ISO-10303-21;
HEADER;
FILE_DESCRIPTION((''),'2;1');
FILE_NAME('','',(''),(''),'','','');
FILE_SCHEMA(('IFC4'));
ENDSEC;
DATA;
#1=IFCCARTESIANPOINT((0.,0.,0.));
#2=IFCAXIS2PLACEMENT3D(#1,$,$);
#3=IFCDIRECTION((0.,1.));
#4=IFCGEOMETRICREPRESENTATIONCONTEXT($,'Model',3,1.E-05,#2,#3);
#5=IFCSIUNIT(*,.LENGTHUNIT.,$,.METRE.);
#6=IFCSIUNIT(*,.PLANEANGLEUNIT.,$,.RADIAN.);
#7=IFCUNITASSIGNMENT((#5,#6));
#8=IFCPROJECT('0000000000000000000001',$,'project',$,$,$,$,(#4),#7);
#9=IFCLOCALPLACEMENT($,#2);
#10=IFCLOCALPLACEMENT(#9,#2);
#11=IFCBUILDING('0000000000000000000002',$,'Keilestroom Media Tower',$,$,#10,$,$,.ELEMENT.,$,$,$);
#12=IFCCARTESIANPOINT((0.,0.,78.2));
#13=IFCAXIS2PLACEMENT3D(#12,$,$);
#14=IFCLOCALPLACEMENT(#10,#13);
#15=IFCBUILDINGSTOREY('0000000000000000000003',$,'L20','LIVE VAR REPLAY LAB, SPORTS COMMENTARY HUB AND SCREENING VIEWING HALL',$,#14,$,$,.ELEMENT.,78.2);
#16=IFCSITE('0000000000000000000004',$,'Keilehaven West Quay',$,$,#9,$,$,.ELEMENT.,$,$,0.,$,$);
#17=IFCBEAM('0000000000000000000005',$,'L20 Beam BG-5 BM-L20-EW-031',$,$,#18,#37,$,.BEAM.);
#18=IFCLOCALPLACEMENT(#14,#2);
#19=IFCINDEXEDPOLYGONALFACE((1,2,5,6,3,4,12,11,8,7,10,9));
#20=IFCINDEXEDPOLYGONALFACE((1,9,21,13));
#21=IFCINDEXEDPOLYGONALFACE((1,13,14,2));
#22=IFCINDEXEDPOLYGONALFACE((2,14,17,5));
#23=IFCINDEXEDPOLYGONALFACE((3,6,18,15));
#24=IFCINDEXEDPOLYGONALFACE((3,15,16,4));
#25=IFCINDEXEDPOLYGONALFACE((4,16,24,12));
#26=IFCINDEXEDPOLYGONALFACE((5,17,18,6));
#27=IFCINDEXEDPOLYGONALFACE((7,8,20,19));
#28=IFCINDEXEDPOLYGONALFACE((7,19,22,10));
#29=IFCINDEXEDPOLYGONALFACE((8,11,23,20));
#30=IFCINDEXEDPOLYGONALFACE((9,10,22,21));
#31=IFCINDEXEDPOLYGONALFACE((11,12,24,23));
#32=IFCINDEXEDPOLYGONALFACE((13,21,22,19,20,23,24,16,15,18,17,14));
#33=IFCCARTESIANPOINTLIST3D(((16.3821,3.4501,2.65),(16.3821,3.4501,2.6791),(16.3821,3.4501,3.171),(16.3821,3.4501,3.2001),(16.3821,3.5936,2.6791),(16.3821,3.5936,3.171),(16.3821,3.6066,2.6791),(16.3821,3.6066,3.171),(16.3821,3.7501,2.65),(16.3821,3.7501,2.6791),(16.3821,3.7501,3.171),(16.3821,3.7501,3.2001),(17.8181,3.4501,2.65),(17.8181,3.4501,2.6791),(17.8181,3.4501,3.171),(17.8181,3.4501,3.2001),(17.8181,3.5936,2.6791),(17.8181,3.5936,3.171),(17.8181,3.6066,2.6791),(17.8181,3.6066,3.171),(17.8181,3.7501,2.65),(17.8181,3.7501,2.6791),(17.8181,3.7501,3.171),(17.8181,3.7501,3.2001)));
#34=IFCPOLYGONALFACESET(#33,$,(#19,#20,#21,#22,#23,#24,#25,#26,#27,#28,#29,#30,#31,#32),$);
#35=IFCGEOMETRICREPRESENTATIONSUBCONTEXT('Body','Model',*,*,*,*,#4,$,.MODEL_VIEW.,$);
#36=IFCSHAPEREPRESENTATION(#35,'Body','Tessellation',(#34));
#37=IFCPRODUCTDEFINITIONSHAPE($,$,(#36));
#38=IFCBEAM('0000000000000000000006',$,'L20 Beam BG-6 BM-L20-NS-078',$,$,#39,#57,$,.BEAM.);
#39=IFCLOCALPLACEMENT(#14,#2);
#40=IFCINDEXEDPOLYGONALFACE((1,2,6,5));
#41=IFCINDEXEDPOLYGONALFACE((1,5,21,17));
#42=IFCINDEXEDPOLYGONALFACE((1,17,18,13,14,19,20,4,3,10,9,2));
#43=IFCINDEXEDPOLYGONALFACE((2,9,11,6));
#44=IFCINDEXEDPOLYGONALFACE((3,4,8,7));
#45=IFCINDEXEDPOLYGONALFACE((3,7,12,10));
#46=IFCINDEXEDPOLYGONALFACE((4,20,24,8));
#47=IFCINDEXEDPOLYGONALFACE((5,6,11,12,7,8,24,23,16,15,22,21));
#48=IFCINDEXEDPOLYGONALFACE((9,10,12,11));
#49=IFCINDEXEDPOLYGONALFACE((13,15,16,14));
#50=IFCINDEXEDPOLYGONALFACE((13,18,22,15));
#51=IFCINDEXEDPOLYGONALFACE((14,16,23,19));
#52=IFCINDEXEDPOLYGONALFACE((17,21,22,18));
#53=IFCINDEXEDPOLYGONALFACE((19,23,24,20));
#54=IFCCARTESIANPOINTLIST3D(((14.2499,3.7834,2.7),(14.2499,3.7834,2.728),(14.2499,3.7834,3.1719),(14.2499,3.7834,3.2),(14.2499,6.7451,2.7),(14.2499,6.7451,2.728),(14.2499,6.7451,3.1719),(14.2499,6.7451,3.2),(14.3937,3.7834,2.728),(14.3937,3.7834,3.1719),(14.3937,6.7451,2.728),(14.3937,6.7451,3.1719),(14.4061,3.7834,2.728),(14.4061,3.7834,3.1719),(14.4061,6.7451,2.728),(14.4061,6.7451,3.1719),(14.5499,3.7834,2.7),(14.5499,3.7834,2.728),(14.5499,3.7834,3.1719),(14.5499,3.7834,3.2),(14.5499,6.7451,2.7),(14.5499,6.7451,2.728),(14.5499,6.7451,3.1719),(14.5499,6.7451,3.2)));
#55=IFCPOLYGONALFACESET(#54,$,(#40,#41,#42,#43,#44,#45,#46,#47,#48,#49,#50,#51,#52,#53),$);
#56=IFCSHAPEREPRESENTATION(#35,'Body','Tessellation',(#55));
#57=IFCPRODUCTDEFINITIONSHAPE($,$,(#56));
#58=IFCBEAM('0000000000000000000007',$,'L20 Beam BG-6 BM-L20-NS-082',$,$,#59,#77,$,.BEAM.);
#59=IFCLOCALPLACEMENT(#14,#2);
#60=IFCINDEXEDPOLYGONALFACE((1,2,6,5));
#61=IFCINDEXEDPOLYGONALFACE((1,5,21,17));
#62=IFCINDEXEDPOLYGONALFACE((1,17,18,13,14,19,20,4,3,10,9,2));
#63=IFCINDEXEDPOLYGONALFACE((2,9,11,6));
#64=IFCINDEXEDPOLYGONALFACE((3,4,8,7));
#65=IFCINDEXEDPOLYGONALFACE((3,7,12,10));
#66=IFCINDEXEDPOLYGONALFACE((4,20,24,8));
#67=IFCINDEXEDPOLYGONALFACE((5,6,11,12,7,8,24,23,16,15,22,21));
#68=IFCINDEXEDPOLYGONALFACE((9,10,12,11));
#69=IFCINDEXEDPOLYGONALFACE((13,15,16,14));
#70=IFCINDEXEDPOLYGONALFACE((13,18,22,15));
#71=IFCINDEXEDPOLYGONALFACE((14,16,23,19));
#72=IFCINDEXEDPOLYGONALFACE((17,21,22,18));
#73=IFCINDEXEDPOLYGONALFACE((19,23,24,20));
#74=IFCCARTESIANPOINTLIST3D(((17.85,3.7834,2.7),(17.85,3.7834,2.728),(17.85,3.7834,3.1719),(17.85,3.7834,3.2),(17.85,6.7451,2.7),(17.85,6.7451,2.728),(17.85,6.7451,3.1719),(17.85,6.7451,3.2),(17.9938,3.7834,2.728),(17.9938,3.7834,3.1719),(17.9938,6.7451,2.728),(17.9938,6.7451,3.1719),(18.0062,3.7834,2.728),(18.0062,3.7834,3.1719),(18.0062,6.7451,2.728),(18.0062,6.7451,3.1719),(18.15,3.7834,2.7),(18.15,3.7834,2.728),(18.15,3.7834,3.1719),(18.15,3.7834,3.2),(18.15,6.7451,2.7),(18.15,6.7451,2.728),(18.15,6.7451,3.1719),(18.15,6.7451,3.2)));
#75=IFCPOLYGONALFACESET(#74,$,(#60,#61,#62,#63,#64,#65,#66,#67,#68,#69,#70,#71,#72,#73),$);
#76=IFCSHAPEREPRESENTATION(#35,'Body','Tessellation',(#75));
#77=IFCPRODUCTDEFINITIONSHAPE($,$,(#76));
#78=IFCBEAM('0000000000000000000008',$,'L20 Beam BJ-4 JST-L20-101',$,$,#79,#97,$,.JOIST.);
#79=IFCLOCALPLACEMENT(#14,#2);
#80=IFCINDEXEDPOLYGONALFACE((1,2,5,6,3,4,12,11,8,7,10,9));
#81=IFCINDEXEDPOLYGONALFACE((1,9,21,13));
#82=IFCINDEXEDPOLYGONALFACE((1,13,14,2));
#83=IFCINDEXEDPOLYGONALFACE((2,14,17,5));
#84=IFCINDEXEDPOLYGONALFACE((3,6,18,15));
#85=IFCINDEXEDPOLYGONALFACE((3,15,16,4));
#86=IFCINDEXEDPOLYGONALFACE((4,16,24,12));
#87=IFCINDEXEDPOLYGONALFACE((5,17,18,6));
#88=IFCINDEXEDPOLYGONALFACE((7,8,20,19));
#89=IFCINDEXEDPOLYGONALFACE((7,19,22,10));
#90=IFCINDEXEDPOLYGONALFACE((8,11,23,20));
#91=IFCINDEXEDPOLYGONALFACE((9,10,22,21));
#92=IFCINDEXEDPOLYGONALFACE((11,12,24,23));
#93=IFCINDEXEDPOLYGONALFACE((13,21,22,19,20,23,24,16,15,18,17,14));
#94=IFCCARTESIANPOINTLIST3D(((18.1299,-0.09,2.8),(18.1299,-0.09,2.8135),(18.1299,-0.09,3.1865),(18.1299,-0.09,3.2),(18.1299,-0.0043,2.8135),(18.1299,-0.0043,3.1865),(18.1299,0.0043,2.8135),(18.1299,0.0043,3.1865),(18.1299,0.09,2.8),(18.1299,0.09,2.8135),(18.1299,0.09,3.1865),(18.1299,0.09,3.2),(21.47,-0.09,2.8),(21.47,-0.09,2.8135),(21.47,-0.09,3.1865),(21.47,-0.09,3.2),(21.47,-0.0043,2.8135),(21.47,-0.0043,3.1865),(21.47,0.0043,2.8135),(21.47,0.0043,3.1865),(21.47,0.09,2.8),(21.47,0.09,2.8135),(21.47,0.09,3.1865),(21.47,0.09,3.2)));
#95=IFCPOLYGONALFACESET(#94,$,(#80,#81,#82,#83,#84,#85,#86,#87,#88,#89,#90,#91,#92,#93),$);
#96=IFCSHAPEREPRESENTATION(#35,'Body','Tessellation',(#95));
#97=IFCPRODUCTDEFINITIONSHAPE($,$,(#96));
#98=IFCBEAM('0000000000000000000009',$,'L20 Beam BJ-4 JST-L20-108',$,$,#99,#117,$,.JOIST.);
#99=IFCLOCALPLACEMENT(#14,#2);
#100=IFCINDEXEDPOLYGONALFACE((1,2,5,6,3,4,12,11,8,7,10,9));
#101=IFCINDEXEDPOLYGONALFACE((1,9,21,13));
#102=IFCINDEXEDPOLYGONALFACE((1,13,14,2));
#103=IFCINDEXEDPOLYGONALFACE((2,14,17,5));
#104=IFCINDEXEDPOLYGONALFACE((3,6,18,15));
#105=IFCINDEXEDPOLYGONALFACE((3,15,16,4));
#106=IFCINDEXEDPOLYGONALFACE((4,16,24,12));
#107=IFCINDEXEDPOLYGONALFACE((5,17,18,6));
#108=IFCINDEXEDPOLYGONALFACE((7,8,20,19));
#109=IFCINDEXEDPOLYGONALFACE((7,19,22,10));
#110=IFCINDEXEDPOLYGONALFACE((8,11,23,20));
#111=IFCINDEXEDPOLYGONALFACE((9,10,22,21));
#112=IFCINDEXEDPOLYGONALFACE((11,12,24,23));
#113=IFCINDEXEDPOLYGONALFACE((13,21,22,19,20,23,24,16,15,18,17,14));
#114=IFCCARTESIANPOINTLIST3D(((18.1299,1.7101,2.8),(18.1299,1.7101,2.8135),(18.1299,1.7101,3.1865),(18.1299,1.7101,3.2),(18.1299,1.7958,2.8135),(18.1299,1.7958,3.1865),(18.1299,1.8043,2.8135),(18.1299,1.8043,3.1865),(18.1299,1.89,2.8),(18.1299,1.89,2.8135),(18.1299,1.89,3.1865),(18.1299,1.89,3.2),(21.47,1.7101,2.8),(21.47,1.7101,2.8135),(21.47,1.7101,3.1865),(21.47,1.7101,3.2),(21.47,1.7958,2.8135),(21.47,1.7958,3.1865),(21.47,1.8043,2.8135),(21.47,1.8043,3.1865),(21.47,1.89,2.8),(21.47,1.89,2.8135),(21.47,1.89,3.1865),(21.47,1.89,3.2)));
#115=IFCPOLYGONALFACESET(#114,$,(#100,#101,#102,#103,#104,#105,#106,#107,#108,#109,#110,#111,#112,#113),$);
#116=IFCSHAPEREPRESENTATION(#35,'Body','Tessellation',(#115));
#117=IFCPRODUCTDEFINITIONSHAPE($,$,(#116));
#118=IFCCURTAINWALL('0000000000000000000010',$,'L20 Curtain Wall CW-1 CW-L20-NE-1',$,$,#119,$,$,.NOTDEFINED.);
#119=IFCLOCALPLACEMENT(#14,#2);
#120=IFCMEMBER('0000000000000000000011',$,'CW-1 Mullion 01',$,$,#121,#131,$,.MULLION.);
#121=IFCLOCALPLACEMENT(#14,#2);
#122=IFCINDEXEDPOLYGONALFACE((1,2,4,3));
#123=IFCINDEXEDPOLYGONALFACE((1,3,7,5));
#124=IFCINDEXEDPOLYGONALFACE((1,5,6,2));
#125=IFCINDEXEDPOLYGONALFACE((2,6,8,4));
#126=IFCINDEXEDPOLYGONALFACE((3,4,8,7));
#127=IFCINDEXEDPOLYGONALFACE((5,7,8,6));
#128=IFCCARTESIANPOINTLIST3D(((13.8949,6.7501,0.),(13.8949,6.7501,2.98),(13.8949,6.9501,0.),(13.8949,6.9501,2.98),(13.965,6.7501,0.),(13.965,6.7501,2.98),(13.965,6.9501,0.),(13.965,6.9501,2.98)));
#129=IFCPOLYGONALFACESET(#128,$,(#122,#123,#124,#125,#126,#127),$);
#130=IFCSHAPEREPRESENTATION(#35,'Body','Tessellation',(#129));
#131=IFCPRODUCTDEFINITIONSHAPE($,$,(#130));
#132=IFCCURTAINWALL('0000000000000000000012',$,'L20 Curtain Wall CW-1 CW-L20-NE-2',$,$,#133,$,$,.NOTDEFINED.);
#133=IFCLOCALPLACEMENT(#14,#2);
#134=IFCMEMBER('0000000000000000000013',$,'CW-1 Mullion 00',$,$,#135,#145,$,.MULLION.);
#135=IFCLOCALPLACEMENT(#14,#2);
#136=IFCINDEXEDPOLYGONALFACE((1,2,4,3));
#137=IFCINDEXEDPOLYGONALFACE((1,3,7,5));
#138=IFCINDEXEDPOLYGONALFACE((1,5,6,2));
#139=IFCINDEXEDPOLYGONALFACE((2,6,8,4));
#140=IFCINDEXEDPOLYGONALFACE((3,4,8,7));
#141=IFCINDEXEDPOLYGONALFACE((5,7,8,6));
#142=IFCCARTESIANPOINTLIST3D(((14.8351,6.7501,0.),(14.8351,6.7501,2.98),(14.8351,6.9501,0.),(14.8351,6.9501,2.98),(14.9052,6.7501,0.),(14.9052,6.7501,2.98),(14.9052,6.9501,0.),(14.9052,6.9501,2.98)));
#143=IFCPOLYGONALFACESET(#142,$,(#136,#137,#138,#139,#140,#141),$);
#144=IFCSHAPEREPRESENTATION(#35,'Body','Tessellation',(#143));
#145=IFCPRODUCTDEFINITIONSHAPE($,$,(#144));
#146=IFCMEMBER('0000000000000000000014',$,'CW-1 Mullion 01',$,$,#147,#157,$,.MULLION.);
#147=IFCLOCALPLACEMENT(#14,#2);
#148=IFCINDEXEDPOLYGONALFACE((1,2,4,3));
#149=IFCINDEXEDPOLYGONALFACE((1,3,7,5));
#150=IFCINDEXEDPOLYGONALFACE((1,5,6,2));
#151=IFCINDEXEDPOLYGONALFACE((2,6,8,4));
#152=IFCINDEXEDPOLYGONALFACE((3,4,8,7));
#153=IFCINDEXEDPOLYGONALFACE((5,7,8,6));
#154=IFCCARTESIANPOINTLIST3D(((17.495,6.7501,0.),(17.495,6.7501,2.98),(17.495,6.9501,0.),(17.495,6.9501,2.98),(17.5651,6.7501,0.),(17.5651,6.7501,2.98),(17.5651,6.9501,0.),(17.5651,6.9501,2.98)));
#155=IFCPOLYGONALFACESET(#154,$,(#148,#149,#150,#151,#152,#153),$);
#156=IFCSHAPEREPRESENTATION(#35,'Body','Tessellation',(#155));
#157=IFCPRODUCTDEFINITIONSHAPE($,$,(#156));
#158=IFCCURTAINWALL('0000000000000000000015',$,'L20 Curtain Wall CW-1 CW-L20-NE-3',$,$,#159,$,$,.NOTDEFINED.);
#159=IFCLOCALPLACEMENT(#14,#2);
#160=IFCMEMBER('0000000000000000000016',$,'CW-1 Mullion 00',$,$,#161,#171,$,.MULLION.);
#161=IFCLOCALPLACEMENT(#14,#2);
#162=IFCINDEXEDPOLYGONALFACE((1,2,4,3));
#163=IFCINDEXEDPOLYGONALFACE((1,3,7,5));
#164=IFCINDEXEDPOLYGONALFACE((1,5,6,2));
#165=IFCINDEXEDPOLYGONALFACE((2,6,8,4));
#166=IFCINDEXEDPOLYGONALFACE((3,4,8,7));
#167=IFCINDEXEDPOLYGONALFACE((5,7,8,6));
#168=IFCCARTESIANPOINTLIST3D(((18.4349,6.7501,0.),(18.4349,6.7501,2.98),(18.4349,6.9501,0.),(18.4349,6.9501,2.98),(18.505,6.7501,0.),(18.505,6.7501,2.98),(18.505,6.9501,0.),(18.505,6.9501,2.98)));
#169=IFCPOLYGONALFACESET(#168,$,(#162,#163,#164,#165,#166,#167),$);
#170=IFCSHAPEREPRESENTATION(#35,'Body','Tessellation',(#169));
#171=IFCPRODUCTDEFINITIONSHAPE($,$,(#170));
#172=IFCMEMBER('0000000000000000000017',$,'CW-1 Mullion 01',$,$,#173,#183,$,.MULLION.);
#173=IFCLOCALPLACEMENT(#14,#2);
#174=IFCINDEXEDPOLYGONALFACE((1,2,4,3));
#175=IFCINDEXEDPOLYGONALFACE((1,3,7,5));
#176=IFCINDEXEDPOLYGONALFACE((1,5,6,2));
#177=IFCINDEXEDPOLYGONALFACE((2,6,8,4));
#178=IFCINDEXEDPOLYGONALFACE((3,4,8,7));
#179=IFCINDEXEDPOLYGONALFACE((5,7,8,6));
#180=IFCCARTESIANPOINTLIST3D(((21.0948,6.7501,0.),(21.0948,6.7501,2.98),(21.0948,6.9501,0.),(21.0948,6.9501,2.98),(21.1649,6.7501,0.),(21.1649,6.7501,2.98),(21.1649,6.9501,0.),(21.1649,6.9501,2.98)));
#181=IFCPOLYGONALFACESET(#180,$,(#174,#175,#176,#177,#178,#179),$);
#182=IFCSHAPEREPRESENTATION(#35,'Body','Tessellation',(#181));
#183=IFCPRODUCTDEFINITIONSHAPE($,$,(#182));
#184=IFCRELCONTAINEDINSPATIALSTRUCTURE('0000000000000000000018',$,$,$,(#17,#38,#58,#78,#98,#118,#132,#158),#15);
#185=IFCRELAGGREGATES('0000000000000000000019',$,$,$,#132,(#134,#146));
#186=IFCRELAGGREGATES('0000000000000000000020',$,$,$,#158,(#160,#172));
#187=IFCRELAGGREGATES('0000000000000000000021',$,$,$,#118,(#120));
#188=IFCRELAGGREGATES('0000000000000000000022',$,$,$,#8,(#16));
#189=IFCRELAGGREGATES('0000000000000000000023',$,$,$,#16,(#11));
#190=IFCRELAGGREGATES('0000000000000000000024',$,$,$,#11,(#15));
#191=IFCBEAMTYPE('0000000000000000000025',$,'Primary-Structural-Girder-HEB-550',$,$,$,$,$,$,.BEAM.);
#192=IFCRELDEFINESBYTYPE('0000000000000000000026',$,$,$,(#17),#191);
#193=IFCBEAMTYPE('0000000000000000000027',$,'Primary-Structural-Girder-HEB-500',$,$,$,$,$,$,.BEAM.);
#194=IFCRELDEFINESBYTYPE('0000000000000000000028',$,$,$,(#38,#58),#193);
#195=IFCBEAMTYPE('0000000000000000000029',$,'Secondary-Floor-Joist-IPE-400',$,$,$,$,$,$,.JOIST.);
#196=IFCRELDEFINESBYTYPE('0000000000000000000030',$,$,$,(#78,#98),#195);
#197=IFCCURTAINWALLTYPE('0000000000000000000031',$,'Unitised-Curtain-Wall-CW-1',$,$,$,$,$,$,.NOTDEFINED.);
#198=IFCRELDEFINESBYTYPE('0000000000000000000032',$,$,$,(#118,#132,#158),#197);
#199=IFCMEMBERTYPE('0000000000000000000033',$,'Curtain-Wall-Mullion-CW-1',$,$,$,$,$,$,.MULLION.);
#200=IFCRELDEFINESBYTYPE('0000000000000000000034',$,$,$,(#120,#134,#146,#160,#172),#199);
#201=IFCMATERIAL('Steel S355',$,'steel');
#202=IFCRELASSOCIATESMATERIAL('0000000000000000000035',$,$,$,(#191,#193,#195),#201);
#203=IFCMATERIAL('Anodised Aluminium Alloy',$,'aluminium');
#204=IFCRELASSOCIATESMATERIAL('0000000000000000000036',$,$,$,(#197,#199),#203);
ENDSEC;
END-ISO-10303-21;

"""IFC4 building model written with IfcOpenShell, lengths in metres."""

from ifc_helpers import new_model, si_unit, direction, frame, origin, origin_2d, place, context, subcontext, project, spatial, rectangle, i_section, extrude, source, transform, mapped, material, material_profile, profile_set, type_object, element, aggregate, save


model = new_model("IFC4")

# Units and contexts
model_context = context("Model", 3, precision=1e-05, world=origin(), true_north=direction((0.0, 1.0)))
body_context = subcontext(model_context, "Body", "Model", "MODEL_VIEW")
ifc_project = project(units=[si_unit("LENGTHUNIT", "METRE"), si_unit("PLANEANGLEUNIT", "RADIAN")], contexts=[model_context])

# Site, building, storey
site_placement = place(None, origin())
site = spatial("IfcSite", under=ifc_project, at=site_placement, Name="Keilehaven West Quay", CompositionType="ELEMENT", RefElevation=0.0)
building_placement = place(site_placement, origin())
building = spatial("IfcBuilding", under=site, at=building_placement, Name="Keilestroom Media Tower", CompositionType="ELEMENT")
storey_placement = place(building_placement, frame((0.0, 0.0, 78.2)))
storey = spatial("IfcBuildingStorey", under=building, at=storey_placement, Name="L20", Description="LIVE VAR REPLAY LAB, SPORTS COMMENTARY HUB AND SCREENING VIEWING HALL", CompositionType="ELEMENT", Elevation=78.2)

# Beams
ifc_material_1 = material(Name="Steel S355", Category="steel")
ifc_material_profile_1 = material_profile(ifc_material_1, i_section(OverallWidth=0.3, OverallDepth=0.55, WebThickness=0.0129, FlangeThickness=0.0291, at=origin_2d()), Name="HEB 550")
ifc_profile_set_1 = profile_set([ifc_material_profile_1], Name="Steel S355")
beam_type_1 = type_object("IfcBeamType", Name="Primary-Structural-Girder-HEB-550", PredefinedType="BEAM", material=ifc_profile_set_1)
shared_shape_1 = source(origin(), body_context, "Body", "SweptSolid", [
    extrude(i_section(OverallWidth=0.3, OverallDepth=0.55, WebThickness=0.0129, FlangeThickness=0.0291, at=origin_2d()), origin(), (0.0, 0.0, 1.0), 1.436),
])
for number, where, z_axis, x_axis, name in (
    (1, (16.3821, 3.6001, 2.925), (1.0, 0.0, 0.0), (0.0, 1.0, 0.0), "L20 Beam BG-5 BM-L20-EW-031"),
):
    element("IfcBeam", number, at=place(storey_placement, frame(where, z_axis=z_axis, x_axis=x_axis)), inside=storey, type_object=beam_type_1, Name=name, PredefinedType="BEAM", context=body_context, shape_type="MappedRepresentation", body=[
        mapped(shared_shape_1, transform((0.0, 0.0, 0.0), x_axis=(1.0, 0.0, 0.0), y_axis=(0.0, 1.0, 0.0), z_axis=(0.0, 0.0, 1.0), scale=1.0)),
    ])
ifc_material_profile_2 = material_profile(ifc_material_1, i_section(OverallWidth=0.3, OverallDepth=0.5, WebThickness=0.0125, FlangeThickness=0.0281, at=origin_2d()), Name="HEB 500")
ifc_profile_set_2 = profile_set([ifc_material_profile_2], Name="Steel S355")
beam_type_2 = type_object("IfcBeamType", Name="Primary-Structural-Girder-HEB-500", PredefinedType="BEAM", material=ifc_profile_set_2)
shared_shape_2 = source(origin(), body_context, "Body", "SweptSolid", [
    extrude(i_section(OverallWidth=0.3, OverallDepth=0.5, WebThickness=0.0125, FlangeThickness=0.0281, at=origin_2d()), origin(), (0.0, 0.0, 1.0), 2.9617),
])
for number, where, z_axis, x_axis, name in (
    (2, (14.3999, 3.7834, 2.95), (0.0, 1.0, 0.0), (-1.0, 0.0, 0.0), "L20 Beam BG-6 BM-L20-NS-078"),
    (3, (18.0, 3.7834, 2.95), (0.0, 1.0, 0.0), (-1.0, 0.0, 0.0), "L20 Beam BG-6 BM-L20-NS-082"),
):
    element("IfcBeam", number, at=place(storey_placement, frame(where, z_axis=z_axis, x_axis=x_axis)), inside=storey, type_object=beam_type_2, Name=name, PredefinedType="BEAM", context=body_context, shape_type="MappedRepresentation", body=[
        mapped(shared_shape_2, transform((0.0, 0.0, 0.0), x_axis=(1.0, 0.0, 0.0), y_axis=(0.0, 1.0, 0.0), z_axis=(0.0, 0.0, 1.0), scale=1.0)),
    ])
ifc_material_profile_3 = material_profile(ifc_material_1, i_section(OverallWidth=0.1799, OverallDepth=0.3999, WebThickness=0.0085, FlangeThickness=0.0134, at=origin_2d()), Name="IPE 400")
ifc_profile_set_3 = profile_set([ifc_material_profile_3], Name="Steel S355")
beam_type_3 = type_object("IfcBeamType", Name="Secondary-Floor-Joist-IPE-400", PredefinedType="JOIST", material=ifc_profile_set_3)
shared_shape_3 = source(origin(), body_context, "Body", "SweptSolid", [
    extrude(i_section(OverallWidth=0.1799, OverallDepth=0.3999, WebThickness=0.0085, FlangeThickness=0.0134, at=origin_2d()), origin(), (0.0, 0.0, 1.0), 3.3401),
])
for number, where, z_axis, x_axis, name in (
    (4, (18.1299, 0.0, 3.0), (1.0, 0.0, 0.0), (0.0, 1.0, 0.0), "L20 Beam BJ-4 JST-L20-101"),
    (5, (18.1299, 1.8, 3.0), (1.0, 0.0, 0.0), (0.0, 1.0, 0.0), "L20 Beam BJ-4 JST-L20-108"),
):
    element("IfcBeam", number, at=place(storey_placement, frame(where, z_axis=z_axis, x_axis=x_axis)), inside=storey, type_object=beam_type_3, Name=name, PredefinedType="JOIST", context=body_context, shape_type="MappedRepresentation", body=[
        mapped(shared_shape_3, transform((0.0, 0.0, 0.0), x_axis=(1.0, 0.0, 0.0), y_axis=(0.0, 1.0, 0.0), z_axis=(0.0, 0.0, 1.0), scale=1.0)),
    ])

# Curtain wall, member
ifc_material_2 = material(Name="Anodised Aluminium Alloy", Category="aluminium")
curtain_wall_type = type_object("IfcCurtainWallType", Name="Unitised-Curtain-Wall-CW-1", PredefinedType="NOTDEFINED", material=ifc_material_2)
curtain_wall_1_placement = place(storey_placement, origin())
curtain_wall_1 = element("IfcCurtainWall", 6, at=curtain_wall_1_placement, inside=storey, type_object=curtain_wall_type, Name="L20 Curtain Wall CW-1 CW-L20-NE-1", PredefinedType="NOTDEFINED")
ifc_material_profile_4 = material_profile(ifc_material_2, rectangle(XDim=0.0701, YDim=0.2, at=origin_2d()), Name="ALU MULLION 70x200")
ifc_profile_set_4 = profile_set([ifc_material_profile_4], Name="Anodised Aluminium Alloy")
member_type_1 = type_object("IfcMemberType", Name="Curtain-Wall-Mullion-CW-1", PredefinedType="MULLION", material=ifc_profile_set_4)
shared_shape_4 = source(origin(), body_context, "Body", "SweptSolid", [
    extrude(rectangle(XDim=0.0701, YDim=0.2, at=origin_2d()), origin(), (0.0, 0.0, 1.0), 2.98),
])
member_1_placement = place(storey_placement, frame((13.9299, 6.8501, 0.0), z_axis=(0.0, 0.0, 1.0), x_axis=(1.0, 0.0, 0.0)))
member_1 = element("IfcMember", 7, at=member_1_placement, type_object=member_type_1, Name="CW-1 Mullion 01", PredefinedType="MULLION", context=body_context, shape_type="MappedRepresentation", body=[
    mapped(shared_shape_4, transform((0.0, 0.0, 0.0), x_axis=(1.0, 0.0, 0.0), y_axis=(0.0, 1.0, 0.0), z_axis=(0.0, 0.0, 1.0), scale=1.0)),
])

# Curtain walls, members
curtain_wall_2_placement = place(storey_placement, origin())
curtain_wall_2 = element("IfcCurtainWall", 8, at=curtain_wall_2_placement, inside=storey, type_object=curtain_wall_type, Name="L20 Curtain Wall CW-1 CW-L20-NE-2", PredefinedType="NOTDEFINED")
member_2_placement = place(storey_placement, frame((14.8701, 6.8501, 0.0), z_axis=(0.0, 0.0, 1.0), x_axis=(1.0, 0.0, 0.0)))
member_2 = element("IfcMember", 9, at=member_2_placement, type_object=member_type_1, Name="CW-1 Mullion 00", PredefinedType="MULLION", context=body_context, shape_type="MappedRepresentation", body=[
    mapped(shared_shape_4, transform((0.0, 0.0, 0.0), x_axis=(1.0, 0.0, 0.0), y_axis=(0.0, 1.0, 0.0), z_axis=(0.0, 0.0, 1.0), scale=1.0)),
])
member_3_placement = place(storey_placement, frame((17.53, 6.8501, 0.0), z_axis=(0.0, 0.0, 1.0), x_axis=(1.0, 0.0, 0.0)))
member_3 = element("IfcMember", 10, at=member_3_placement, type_object=member_type_1, Name="CW-1 Mullion 01", PredefinedType="MULLION", context=body_context, shape_type="MappedRepresentation", body=[
    mapped(shared_shape_4, transform((0.0, 0.0, 0.0), x_axis=(1.0, 0.0, 0.0), y_axis=(0.0, 1.0, 0.0), z_axis=(0.0, 0.0, 1.0), scale=1.0)),
])
curtain_wall_3_placement = place(storey_placement, origin())
curtain_wall_3 = element("IfcCurtainWall", 11, at=curtain_wall_3_placement, inside=storey, type_object=curtain_wall_type, Name="L20 Curtain Wall CW-1 CW-L20-NE-3", PredefinedType="NOTDEFINED")
member_4_placement = place(storey_placement, frame((18.47, 6.8501, 0.0), z_axis=(0.0, 0.0, 1.0), x_axis=(1.0, 0.0, 0.0)))
member_4 = element("IfcMember", 12, at=member_4_placement, type_object=member_type_1, Name="CW-1 Mullion 00", PredefinedType="MULLION", context=body_context, shape_type="MappedRepresentation", body=[
    mapped(shared_shape_4, transform((0.0, 0.0, 0.0), x_axis=(1.0, 0.0, 0.0), y_axis=(0.0, 1.0, 0.0), z_axis=(0.0, 0.0, 1.0), scale=1.0)),
])
member_5_placement = place(storey_placement, frame((21.1299, 6.8501, 0.0), z_axis=(0.0, 0.0, 1.0), x_axis=(1.0, 0.0, 0.0)))
member_5 = element("IfcMember", 13, at=member_5_placement, type_object=member_type_1, Name="CW-1 Mullion 01", PredefinedType="MULLION", context=body_context, shape_type="MappedRepresentation", body=[
    mapped(shared_shape_4, transform((0.0, 0.0, 0.0), x_axis=(1.0, 0.0, 0.0), y_axis=(0.0, 1.0, 0.0), z_axis=(0.0, 0.0, 1.0), scale=1.0)),
])

aggregate(curtain_wall_2, [member_2, member_3])
aggregate(curtain_wall_3, [member_4, member_5])
aggregate(curtain_wall_1, [member_1])

save(model, "model.ifc")
